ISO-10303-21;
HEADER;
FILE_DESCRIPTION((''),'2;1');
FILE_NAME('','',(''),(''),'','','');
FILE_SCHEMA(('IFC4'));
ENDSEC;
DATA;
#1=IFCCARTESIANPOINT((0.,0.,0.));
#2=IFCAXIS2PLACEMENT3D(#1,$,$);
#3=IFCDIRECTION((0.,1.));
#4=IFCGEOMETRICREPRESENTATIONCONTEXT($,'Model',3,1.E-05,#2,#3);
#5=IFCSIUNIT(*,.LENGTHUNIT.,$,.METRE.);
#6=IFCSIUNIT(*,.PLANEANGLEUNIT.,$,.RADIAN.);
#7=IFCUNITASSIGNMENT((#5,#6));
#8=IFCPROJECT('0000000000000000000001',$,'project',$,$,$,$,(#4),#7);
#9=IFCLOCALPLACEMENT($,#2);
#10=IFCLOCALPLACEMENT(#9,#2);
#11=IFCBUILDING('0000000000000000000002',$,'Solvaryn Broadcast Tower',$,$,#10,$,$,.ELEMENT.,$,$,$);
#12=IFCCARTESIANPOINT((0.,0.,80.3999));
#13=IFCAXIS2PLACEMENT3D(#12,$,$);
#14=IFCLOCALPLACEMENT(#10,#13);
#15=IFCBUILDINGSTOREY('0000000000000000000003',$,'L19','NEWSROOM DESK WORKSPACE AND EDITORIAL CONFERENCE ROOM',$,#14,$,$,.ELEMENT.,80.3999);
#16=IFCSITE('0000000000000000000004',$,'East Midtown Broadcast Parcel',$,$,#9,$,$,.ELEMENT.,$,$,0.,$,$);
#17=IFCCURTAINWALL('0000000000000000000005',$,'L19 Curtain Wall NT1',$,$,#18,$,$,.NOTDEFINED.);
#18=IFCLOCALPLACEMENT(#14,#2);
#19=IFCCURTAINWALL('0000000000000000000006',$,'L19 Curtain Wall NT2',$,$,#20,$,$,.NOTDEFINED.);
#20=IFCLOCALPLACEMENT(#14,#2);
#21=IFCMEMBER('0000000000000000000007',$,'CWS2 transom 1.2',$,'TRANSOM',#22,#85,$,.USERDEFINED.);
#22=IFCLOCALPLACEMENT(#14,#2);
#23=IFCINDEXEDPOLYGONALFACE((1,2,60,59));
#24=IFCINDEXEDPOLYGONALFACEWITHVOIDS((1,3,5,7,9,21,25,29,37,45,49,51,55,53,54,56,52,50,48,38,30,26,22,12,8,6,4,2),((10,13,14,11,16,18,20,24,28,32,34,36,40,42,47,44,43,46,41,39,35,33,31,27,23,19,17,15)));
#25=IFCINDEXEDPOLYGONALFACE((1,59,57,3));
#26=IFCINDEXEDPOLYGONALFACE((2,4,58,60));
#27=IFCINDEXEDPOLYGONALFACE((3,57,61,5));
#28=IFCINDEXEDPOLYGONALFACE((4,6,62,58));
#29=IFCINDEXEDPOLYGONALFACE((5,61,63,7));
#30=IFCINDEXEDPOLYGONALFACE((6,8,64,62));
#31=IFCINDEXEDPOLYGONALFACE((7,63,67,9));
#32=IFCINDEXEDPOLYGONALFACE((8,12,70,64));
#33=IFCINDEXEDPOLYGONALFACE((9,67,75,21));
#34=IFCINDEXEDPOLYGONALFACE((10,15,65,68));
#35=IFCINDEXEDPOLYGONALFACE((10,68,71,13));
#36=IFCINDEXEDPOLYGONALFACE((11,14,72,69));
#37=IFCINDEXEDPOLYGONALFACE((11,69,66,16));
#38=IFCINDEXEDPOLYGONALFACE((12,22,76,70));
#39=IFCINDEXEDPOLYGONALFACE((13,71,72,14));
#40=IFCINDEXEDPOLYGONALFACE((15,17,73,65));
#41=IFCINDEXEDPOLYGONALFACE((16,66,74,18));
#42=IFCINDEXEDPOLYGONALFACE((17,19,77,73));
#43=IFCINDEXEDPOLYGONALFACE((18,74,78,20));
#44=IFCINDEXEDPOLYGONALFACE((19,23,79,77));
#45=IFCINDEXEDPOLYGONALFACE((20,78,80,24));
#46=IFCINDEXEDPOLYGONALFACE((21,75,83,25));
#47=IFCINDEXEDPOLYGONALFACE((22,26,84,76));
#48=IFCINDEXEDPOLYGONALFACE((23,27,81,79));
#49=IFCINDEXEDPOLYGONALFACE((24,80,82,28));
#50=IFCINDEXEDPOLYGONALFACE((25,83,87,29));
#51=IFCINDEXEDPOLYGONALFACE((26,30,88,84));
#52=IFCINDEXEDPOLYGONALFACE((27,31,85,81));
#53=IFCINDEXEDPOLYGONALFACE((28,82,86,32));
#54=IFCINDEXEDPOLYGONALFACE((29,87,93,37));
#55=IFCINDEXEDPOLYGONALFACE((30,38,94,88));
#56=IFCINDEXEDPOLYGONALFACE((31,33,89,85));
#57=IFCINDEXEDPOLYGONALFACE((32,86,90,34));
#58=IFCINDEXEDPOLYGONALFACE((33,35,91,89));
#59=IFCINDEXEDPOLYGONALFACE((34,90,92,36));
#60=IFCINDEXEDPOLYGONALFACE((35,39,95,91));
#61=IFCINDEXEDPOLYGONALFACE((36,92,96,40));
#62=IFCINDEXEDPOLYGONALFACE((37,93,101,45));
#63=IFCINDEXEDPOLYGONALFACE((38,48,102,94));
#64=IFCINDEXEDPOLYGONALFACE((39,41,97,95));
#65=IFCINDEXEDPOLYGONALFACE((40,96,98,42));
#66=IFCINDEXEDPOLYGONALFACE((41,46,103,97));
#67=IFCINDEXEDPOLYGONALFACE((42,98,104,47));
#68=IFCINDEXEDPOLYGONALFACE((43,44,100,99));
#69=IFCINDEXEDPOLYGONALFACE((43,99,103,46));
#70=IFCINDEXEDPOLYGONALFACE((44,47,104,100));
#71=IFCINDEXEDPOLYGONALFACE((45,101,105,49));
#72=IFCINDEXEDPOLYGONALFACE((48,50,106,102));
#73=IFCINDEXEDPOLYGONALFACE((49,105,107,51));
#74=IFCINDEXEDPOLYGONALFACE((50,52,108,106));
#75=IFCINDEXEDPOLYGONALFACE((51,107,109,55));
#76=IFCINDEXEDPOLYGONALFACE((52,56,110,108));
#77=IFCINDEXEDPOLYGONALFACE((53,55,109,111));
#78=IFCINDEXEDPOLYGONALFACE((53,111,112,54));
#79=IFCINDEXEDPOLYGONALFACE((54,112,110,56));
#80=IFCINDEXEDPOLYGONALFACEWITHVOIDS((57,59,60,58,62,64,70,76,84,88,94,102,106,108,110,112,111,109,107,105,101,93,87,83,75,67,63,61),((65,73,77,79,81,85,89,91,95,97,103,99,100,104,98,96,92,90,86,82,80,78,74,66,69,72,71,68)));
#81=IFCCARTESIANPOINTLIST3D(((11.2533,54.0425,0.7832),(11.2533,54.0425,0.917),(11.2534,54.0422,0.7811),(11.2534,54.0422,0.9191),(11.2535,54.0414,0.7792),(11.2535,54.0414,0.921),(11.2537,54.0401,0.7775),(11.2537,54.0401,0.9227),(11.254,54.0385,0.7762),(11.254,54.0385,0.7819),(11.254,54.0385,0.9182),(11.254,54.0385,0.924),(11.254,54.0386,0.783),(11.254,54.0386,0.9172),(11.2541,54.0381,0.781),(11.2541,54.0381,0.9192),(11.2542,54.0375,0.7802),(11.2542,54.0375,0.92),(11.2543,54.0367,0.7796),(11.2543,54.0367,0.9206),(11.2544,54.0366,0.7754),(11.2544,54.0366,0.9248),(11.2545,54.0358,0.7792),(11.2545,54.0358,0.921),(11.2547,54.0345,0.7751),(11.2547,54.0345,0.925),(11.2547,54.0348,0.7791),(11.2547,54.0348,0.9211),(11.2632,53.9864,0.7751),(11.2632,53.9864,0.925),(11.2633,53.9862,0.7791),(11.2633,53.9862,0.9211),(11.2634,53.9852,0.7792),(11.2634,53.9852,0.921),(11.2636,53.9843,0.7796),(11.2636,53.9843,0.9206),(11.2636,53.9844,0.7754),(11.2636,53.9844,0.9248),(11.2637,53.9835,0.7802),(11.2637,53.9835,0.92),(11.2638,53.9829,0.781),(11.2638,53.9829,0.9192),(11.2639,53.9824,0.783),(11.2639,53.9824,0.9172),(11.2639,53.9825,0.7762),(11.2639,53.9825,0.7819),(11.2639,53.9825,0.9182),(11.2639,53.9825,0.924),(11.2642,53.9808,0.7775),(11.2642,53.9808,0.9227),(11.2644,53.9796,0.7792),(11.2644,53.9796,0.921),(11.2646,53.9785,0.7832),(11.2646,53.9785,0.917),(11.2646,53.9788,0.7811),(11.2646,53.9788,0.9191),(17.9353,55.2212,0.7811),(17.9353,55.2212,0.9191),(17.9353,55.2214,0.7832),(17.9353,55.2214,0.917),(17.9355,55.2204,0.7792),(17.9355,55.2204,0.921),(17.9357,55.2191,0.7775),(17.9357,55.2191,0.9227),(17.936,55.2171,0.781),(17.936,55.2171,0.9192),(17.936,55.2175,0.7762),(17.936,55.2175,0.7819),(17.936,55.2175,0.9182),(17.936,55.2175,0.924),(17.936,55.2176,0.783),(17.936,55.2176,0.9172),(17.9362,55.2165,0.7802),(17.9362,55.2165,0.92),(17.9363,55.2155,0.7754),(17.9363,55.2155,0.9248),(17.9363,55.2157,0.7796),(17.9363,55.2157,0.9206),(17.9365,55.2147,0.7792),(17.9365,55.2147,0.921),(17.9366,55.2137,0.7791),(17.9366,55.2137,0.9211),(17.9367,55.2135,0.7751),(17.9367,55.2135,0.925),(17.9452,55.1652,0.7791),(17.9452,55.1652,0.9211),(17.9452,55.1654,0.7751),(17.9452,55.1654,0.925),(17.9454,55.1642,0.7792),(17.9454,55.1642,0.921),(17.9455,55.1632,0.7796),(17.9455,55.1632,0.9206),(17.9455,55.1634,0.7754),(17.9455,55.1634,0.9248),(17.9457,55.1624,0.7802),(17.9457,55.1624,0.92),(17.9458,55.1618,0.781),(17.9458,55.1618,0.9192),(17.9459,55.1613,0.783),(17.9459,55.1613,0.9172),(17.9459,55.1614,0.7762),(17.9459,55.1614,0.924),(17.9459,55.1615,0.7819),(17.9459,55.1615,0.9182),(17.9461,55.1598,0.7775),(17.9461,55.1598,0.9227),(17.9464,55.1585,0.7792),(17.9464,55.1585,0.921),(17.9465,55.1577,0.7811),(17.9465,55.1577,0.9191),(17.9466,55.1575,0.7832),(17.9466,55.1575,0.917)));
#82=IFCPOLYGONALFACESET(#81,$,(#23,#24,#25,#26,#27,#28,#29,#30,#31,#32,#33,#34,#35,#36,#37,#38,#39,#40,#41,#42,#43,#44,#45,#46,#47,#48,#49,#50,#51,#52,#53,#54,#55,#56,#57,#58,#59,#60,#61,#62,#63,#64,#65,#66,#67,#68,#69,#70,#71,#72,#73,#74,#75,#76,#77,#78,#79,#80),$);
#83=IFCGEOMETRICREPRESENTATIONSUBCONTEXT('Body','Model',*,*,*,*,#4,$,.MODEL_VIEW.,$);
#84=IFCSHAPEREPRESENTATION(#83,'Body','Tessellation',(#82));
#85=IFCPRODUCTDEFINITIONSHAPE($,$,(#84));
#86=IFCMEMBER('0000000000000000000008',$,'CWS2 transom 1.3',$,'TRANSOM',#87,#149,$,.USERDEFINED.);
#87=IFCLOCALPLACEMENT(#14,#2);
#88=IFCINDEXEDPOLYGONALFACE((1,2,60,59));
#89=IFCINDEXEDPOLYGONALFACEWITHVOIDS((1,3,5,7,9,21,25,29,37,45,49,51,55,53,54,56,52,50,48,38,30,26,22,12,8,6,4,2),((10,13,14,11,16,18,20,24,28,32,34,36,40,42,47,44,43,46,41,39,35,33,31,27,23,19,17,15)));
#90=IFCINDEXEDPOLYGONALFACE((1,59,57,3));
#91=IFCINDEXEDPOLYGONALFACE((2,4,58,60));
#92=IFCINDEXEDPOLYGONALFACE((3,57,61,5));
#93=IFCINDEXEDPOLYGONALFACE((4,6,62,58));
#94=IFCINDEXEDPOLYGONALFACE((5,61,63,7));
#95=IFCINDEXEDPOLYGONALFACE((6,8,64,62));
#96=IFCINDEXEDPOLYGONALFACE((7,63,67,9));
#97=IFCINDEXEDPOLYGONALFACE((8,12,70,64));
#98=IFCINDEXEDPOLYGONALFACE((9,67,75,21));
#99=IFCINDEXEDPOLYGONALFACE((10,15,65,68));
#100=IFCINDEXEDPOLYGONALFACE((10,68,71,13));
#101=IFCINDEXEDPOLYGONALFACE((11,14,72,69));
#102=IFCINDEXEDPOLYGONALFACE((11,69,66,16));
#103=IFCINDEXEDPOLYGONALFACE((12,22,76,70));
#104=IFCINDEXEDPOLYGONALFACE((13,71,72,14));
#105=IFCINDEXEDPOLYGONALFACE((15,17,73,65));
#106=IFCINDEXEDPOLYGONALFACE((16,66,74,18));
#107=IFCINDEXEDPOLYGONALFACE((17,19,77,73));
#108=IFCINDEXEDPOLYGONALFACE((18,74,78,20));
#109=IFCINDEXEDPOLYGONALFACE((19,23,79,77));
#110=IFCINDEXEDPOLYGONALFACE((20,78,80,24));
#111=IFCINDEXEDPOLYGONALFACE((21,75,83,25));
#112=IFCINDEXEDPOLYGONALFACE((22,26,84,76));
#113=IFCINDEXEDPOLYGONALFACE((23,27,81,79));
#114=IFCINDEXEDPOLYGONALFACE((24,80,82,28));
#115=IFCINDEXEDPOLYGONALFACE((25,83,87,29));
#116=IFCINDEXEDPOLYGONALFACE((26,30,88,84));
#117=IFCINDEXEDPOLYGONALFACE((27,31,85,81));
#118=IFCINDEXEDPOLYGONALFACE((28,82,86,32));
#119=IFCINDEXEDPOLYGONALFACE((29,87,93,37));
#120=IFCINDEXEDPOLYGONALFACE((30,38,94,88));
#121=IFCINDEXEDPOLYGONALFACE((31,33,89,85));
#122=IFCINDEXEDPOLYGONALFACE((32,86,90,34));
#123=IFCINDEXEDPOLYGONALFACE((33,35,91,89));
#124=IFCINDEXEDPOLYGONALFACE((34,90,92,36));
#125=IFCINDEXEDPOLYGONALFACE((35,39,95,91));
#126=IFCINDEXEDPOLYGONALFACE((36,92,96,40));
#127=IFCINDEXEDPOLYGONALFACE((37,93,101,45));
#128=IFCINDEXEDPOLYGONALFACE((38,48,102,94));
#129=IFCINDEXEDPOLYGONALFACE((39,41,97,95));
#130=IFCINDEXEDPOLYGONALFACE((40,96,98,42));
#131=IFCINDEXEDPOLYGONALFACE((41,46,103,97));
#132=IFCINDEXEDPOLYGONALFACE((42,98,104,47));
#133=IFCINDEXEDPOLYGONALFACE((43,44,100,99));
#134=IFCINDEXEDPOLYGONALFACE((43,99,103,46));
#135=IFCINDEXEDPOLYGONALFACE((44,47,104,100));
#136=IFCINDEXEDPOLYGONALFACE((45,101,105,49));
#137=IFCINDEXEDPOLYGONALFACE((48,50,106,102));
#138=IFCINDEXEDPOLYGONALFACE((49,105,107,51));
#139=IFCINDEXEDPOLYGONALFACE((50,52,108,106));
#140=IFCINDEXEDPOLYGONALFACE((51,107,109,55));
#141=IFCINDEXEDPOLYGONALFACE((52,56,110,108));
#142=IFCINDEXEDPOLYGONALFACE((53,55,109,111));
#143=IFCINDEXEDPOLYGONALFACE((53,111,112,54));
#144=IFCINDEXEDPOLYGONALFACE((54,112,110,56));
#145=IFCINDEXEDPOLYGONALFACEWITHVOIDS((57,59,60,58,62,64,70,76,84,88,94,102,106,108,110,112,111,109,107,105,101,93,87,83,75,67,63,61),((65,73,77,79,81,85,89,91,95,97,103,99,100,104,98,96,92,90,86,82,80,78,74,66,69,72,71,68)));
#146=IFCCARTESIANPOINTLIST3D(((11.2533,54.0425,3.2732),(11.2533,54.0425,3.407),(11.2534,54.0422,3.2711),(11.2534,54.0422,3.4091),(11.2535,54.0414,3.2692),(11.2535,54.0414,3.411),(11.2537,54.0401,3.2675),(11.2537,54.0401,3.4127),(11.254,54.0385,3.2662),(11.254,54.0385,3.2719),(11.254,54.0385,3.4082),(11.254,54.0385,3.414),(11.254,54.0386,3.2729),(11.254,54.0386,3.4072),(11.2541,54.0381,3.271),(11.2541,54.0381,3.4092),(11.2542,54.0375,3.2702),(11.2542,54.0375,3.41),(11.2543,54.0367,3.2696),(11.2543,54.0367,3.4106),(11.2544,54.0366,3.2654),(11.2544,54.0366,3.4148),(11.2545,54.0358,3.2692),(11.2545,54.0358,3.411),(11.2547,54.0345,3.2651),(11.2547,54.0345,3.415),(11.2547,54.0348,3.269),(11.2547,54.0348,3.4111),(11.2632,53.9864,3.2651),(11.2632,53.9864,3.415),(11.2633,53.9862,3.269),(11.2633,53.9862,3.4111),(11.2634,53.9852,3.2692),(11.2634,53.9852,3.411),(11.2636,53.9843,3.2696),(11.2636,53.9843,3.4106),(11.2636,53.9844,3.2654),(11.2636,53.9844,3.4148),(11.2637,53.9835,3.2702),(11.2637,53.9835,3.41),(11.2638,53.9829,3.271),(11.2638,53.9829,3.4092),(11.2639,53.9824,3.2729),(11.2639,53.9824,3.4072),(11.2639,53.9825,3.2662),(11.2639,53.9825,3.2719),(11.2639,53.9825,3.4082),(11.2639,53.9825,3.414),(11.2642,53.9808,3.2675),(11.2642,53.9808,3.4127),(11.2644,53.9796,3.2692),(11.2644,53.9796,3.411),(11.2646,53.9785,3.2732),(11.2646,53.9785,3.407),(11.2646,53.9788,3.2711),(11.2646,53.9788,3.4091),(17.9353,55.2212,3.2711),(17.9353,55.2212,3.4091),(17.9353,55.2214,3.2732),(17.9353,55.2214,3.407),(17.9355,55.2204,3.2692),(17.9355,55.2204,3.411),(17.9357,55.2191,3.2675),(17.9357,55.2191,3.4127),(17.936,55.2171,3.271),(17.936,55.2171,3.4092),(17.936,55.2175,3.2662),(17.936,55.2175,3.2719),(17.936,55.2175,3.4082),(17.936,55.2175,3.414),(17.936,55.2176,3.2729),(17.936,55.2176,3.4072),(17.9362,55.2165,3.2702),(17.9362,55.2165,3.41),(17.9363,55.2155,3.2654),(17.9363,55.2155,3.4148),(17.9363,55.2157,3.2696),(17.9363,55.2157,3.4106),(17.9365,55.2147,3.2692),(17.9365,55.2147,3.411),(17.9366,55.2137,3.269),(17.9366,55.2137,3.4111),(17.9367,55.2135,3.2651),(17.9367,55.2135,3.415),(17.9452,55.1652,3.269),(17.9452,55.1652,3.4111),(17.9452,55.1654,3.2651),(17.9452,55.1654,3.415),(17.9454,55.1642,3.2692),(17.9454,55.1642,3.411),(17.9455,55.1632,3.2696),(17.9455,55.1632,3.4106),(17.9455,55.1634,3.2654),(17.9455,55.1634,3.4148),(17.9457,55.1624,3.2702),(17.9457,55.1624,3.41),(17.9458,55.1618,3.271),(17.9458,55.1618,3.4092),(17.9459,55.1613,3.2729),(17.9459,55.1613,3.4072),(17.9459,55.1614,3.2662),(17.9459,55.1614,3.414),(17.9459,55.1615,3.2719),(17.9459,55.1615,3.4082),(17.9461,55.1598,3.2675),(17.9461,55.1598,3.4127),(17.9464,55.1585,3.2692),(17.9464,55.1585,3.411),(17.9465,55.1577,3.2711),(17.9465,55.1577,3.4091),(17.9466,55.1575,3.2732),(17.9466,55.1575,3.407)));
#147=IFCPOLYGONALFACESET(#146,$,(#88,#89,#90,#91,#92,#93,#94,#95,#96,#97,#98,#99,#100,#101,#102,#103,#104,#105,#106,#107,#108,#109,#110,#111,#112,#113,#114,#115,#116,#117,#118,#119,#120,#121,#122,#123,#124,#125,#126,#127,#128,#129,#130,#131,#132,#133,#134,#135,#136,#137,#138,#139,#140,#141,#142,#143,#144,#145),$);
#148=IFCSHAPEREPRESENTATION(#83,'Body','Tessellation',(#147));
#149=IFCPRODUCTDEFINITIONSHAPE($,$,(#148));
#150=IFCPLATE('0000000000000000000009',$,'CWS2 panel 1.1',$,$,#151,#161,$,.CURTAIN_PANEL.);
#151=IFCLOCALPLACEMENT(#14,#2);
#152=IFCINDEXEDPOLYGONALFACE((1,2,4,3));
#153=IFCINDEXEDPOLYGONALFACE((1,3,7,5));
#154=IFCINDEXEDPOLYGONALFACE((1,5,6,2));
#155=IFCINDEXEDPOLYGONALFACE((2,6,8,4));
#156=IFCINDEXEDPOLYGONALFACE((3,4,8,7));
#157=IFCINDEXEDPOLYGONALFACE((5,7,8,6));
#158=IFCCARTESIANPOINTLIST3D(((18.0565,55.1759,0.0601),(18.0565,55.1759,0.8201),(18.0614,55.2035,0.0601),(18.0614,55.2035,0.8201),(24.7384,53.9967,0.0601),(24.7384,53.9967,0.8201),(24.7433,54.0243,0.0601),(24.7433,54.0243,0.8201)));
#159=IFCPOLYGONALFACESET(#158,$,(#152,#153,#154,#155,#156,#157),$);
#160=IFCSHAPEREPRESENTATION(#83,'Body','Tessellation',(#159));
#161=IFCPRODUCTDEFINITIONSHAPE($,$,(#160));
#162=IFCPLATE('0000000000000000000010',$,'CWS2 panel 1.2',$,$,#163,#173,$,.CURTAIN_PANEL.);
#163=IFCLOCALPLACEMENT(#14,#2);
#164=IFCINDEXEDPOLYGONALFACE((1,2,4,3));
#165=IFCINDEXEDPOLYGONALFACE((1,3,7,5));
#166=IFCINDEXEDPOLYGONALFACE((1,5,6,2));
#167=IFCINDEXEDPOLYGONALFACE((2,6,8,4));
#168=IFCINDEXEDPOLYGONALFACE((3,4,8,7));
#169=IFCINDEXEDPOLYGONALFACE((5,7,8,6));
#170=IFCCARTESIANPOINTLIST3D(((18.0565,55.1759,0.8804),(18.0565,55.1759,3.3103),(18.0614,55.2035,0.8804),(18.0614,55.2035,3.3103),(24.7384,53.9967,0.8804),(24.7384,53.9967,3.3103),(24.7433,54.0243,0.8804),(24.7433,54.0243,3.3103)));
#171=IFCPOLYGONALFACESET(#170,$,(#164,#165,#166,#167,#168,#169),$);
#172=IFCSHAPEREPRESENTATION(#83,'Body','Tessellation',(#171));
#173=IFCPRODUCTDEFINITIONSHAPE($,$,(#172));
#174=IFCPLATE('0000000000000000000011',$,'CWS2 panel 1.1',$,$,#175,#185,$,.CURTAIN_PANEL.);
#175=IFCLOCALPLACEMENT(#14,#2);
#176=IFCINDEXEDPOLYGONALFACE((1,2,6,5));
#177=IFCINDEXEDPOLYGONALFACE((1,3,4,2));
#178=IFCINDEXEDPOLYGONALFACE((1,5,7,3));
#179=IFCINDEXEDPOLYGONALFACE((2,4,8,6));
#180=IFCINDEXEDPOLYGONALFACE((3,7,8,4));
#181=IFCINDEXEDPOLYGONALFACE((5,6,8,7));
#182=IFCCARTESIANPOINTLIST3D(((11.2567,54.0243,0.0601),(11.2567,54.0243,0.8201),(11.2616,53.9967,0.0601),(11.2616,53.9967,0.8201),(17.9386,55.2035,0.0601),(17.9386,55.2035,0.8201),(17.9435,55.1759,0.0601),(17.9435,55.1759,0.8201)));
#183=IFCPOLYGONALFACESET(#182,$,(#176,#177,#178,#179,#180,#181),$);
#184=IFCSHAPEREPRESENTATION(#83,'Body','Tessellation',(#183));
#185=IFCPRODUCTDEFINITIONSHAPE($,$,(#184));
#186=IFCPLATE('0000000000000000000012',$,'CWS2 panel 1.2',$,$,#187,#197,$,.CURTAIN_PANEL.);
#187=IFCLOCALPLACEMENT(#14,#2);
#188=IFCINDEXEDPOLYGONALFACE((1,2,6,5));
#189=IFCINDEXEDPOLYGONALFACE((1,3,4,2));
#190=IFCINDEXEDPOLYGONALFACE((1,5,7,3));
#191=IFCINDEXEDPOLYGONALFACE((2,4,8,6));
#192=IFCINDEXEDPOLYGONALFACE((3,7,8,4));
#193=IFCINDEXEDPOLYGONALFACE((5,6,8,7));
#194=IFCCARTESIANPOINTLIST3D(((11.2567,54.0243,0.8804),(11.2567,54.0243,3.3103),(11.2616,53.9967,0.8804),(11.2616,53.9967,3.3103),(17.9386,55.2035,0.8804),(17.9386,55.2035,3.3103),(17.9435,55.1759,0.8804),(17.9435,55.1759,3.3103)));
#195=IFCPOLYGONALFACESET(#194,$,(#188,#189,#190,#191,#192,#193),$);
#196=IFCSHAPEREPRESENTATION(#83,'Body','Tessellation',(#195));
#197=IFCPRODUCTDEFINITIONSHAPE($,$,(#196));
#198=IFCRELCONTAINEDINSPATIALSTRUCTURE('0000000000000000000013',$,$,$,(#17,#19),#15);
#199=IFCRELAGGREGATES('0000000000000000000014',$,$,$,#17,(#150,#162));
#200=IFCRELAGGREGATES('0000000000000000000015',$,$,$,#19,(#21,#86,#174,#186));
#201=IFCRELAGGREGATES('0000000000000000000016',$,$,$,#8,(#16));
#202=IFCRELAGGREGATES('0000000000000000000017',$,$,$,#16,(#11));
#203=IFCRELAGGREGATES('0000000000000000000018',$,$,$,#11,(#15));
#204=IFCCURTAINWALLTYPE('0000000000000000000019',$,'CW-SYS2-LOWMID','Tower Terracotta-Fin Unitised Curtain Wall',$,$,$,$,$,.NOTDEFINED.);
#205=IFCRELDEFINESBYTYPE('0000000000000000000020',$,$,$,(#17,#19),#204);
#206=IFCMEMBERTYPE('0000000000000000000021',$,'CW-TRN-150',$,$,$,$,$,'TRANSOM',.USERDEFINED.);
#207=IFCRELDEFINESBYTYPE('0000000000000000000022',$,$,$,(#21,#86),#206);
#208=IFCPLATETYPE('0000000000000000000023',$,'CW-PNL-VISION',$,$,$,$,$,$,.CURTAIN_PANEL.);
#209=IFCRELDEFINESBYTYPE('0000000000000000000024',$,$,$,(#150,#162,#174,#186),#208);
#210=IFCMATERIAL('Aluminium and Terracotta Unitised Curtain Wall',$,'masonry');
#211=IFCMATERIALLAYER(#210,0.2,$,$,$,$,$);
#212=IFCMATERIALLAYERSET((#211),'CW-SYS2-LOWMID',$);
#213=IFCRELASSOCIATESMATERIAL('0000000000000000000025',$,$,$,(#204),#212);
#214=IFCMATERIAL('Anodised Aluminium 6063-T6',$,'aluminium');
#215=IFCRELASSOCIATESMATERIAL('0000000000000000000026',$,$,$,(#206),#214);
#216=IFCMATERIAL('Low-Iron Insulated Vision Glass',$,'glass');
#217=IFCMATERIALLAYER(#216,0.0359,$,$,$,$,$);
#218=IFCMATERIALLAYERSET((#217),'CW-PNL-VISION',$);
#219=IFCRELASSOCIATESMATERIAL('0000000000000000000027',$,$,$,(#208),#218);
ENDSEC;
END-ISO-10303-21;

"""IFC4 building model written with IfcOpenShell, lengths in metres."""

from ifc_helpers import new_model, si_unit, direction, frame, origin, origin_2d, place, context, subcontext, project, spatial, rectangle, hollow_rectangle, extrude, material, layer, layer_set, material_profile, profile_set, type_object, element, aggregate, save


model = new_model("IFC4")

# Units and contexts
model_context = context("Model", 3, precision=1e-05, world=origin(), true_north=direction((0.0, 1.0)))
body_context = subcontext(model_context, "Body", "Model", "MODEL_VIEW")
ifc_project = project(units=[si_unit("LENGTHUNIT", "METRE"), si_unit("PLANEANGLEUNIT", "RADIAN")], contexts=[model_context])

# Site, building, storey
site_placement = place(None, origin())
site = spatial("IfcSite", under=ifc_project, at=site_placement, Name="East Midtown Broadcast Parcel", CompositionType="ELEMENT", RefElevation=0.0)
building_placement = place(site_placement, origin())
building = spatial("IfcBuilding", under=site, at=building_placement, Name="Solvaryn Broadcast Tower", CompositionType="ELEMENT")
storey_placement = place(building_placement, frame((0.0, 0.0, 80.3999)))
storey = spatial("IfcBuildingStorey", under=building, at=storey_placement, Name="L19", Description="NEWSROOM DESK WORKSPACE AND EDITORIAL CONFERENCE ROOM", CompositionType="ELEMENT", Elevation=80.3999)

# Curtain walls
ifc_material_1 = material(Name="Aluminium and Terracotta Unitised Curtain Wall", Category="masonry")
ifc_layer_1 = layer(ifc_material_1, 0.2)
ifc_layer_set_1 = layer_set([ifc_layer_1], Name="CW-SYS2-LOWMID")
curtain_wall_type = type_object("IfcCurtainWallType", Name="CW-SYS2-LOWMID", Description="Tower Terracotta-Fin Unitised Curtain Wall", PredefinedType="NOTDEFINED", material=ifc_layer_set_1)
curtain_wall_1_placement = place(storey_placement, origin())
curtain_wall_1 = element("IfcCurtainWall", 1, at=curtain_wall_1_placement, inside=storey, type_object=curtain_wall_type, Name="L19 Curtain Wall NT1", PredefinedType="NOTDEFINED")
curtain_wall_2_placement = place(storey_placement, origin())
curtain_wall_2 = element("IfcCurtainWall", 2, at=curtain_wall_2_placement, inside=storey, type_object=curtain_wall_type, Name="L19 Curtain Wall NT2", PredefinedType="NOTDEFINED")

# Members
ifc_material_2 = material(Name="Anodised Aluminium 6063-T6", Category="aluminium")
ifc_material_profile_1 = material_profile(ifc_material_2, hollow_rectangle(XDim=0.0649, YDim=0.1499, WallThickness=0.0039, InnerFilletRadius=0.0039, OuterFilletRadius=0.0081, at=origin_2d()))
ifc_profile_set_1 = profile_set([ifc_material_profile_1], Name="Anodised Aluminium 6063-T6")
member_type_1 = type_object("IfcMemberType", Name="CW-TRN-150", ElementType="TRANSOM", PredefinedType="USERDEFINED", material=ifc_profile_set_1)
member_1_placement = place(storey_placement, frame((17.9409, 55.1895, 0.8501), z_axis=(-0.984789, -0.173757, 0.0), x_axis=(0.173757, -0.984789, 0.0)))
member_1 = element("IfcMember", 3, at=member_1_placement, type_object=member_type_1, Name="CWS2 transom 1.2", ObjectType="TRANSOM", PredefinedType="USERDEFINED", context=body_context, shape_type="SweptSolid", body=[
    extrude(hollow_rectangle(XDim=0.0649, YDim=0.1499, WallThickness=0.0039, InnerFilletRadius=0.0039, OuterFilletRadius=0.0081, at=origin_2d()), origin(), (0.0, 0.0, 1.0), 6.7852),
])
member_2_placement = place(storey_placement, frame((17.9409, 55.1895, 3.3401), z_axis=(-0.984789, -0.173757, 0.0), x_axis=(0.173757, -0.984789, 0.0)))
member_2 = element("IfcMember", 4, at=member_2_placement, type_object=member_type_1, Name="CWS2 transom 1.3", ObjectType="TRANSOM", PredefinedType="USERDEFINED", context=body_context, shape_type="SweptSolid", body=[
    extrude(hollow_rectangle(XDim=0.0649, YDim=0.1499, WallThickness=0.0039, InnerFilletRadius=0.0039, OuterFilletRadius=0.0081, at=origin_2d()), origin(), (0.0, 0.0, 1.0), 6.7852),
])

# Plates
ifc_material_3 = material(Name="Low-Iron Insulated Vision Glass", Category="glass")
ifc_layer_2 = layer(ifc_material_3, 0.0359)
ifc_layer_set_2 = layer_set([ifc_layer_2], Name="CW-PNL-VISION")
plate_type = type_object("IfcPlateType", Name="CW-PNL-VISION", PredefinedType="CURTAIN_PANEL", material=ifc_layer_set_2)
plate_1_placement = place(storey_placement, frame((21.3999, 54.6001, 0.0601), z_axis=(0.0, 0.0, 1.0), x_axis=(-0.984784, 0.173785, 0.0)))
plate_1 = element("IfcPlate", 5, at=plate_1_placement, type_object=plate_type, Name="CWS2 panel 1.1", PredefinedType="CURTAIN_PANEL", context=body_context, shape_type="SweptSolid", body=[
    extrude(rectangle(XDim=6.7852, YDim=0.0281, at=origin_2d()), origin(), (0.0, 0.0, 1.0), 0.76),
])
plate_2_placement = place(storey_placement, frame((21.3999, 54.6001, 0.8804), z_axis=(0.0, 0.0, 1.0), x_axis=(-0.984784, 0.173785, 0.0)))
plate_2 = element("IfcPlate", 6, at=plate_2_placement, type_object=plate_type, Name="CWS2 panel 1.2", PredefinedType="CURTAIN_PANEL", context=body_context, shape_type="SweptSolid", body=[
    extrude(rectangle(XDim=6.7852, YDim=0.0281, at=origin_2d()), origin(), (0.0, 0.0, 1.0), 2.4299),
])
aggregate(curtain_wall_1, [plate_1, plate_2])
plate_3_placement = place(storey_placement, frame((14.6001, 54.6001, 0.0601), z_axis=(0.0, 0.0, 1.0), x_axis=(-0.984784, -0.173785, 0.0)))
plate_3 = element("IfcPlate", 7, at=plate_3_placement, type_object=plate_type, Name="CWS2 panel 1.1", PredefinedType="CURTAIN_PANEL", context=body_context, shape_type="SweptSolid", body=[
    extrude(rectangle(XDim=6.7852, YDim=0.0281, at=origin_2d()), origin(), (0.0, 0.0, 1.0), 0.76),
])
plate_4_placement = place(storey_placement, frame((14.6001, 54.6001, 0.8804), z_axis=(0.0, 0.0, 1.0), x_axis=(-0.984784, -0.173785, 0.0)))
plate_4 = element("IfcPlate", 8, at=plate_4_placement, type_object=plate_type, Name="CWS2 panel 1.2", PredefinedType="CURTAIN_PANEL", context=body_context, shape_type="SweptSolid", body=[
    extrude(rectangle(XDim=6.7852, YDim=0.0281, at=origin_2d()), origin(), (0.0, 0.0, 1.0), 2.4299),
])
aggregate(curtain_wall_2, [member_1, member_2, plate_3, plate_4])

save(model, "model.ifc")
